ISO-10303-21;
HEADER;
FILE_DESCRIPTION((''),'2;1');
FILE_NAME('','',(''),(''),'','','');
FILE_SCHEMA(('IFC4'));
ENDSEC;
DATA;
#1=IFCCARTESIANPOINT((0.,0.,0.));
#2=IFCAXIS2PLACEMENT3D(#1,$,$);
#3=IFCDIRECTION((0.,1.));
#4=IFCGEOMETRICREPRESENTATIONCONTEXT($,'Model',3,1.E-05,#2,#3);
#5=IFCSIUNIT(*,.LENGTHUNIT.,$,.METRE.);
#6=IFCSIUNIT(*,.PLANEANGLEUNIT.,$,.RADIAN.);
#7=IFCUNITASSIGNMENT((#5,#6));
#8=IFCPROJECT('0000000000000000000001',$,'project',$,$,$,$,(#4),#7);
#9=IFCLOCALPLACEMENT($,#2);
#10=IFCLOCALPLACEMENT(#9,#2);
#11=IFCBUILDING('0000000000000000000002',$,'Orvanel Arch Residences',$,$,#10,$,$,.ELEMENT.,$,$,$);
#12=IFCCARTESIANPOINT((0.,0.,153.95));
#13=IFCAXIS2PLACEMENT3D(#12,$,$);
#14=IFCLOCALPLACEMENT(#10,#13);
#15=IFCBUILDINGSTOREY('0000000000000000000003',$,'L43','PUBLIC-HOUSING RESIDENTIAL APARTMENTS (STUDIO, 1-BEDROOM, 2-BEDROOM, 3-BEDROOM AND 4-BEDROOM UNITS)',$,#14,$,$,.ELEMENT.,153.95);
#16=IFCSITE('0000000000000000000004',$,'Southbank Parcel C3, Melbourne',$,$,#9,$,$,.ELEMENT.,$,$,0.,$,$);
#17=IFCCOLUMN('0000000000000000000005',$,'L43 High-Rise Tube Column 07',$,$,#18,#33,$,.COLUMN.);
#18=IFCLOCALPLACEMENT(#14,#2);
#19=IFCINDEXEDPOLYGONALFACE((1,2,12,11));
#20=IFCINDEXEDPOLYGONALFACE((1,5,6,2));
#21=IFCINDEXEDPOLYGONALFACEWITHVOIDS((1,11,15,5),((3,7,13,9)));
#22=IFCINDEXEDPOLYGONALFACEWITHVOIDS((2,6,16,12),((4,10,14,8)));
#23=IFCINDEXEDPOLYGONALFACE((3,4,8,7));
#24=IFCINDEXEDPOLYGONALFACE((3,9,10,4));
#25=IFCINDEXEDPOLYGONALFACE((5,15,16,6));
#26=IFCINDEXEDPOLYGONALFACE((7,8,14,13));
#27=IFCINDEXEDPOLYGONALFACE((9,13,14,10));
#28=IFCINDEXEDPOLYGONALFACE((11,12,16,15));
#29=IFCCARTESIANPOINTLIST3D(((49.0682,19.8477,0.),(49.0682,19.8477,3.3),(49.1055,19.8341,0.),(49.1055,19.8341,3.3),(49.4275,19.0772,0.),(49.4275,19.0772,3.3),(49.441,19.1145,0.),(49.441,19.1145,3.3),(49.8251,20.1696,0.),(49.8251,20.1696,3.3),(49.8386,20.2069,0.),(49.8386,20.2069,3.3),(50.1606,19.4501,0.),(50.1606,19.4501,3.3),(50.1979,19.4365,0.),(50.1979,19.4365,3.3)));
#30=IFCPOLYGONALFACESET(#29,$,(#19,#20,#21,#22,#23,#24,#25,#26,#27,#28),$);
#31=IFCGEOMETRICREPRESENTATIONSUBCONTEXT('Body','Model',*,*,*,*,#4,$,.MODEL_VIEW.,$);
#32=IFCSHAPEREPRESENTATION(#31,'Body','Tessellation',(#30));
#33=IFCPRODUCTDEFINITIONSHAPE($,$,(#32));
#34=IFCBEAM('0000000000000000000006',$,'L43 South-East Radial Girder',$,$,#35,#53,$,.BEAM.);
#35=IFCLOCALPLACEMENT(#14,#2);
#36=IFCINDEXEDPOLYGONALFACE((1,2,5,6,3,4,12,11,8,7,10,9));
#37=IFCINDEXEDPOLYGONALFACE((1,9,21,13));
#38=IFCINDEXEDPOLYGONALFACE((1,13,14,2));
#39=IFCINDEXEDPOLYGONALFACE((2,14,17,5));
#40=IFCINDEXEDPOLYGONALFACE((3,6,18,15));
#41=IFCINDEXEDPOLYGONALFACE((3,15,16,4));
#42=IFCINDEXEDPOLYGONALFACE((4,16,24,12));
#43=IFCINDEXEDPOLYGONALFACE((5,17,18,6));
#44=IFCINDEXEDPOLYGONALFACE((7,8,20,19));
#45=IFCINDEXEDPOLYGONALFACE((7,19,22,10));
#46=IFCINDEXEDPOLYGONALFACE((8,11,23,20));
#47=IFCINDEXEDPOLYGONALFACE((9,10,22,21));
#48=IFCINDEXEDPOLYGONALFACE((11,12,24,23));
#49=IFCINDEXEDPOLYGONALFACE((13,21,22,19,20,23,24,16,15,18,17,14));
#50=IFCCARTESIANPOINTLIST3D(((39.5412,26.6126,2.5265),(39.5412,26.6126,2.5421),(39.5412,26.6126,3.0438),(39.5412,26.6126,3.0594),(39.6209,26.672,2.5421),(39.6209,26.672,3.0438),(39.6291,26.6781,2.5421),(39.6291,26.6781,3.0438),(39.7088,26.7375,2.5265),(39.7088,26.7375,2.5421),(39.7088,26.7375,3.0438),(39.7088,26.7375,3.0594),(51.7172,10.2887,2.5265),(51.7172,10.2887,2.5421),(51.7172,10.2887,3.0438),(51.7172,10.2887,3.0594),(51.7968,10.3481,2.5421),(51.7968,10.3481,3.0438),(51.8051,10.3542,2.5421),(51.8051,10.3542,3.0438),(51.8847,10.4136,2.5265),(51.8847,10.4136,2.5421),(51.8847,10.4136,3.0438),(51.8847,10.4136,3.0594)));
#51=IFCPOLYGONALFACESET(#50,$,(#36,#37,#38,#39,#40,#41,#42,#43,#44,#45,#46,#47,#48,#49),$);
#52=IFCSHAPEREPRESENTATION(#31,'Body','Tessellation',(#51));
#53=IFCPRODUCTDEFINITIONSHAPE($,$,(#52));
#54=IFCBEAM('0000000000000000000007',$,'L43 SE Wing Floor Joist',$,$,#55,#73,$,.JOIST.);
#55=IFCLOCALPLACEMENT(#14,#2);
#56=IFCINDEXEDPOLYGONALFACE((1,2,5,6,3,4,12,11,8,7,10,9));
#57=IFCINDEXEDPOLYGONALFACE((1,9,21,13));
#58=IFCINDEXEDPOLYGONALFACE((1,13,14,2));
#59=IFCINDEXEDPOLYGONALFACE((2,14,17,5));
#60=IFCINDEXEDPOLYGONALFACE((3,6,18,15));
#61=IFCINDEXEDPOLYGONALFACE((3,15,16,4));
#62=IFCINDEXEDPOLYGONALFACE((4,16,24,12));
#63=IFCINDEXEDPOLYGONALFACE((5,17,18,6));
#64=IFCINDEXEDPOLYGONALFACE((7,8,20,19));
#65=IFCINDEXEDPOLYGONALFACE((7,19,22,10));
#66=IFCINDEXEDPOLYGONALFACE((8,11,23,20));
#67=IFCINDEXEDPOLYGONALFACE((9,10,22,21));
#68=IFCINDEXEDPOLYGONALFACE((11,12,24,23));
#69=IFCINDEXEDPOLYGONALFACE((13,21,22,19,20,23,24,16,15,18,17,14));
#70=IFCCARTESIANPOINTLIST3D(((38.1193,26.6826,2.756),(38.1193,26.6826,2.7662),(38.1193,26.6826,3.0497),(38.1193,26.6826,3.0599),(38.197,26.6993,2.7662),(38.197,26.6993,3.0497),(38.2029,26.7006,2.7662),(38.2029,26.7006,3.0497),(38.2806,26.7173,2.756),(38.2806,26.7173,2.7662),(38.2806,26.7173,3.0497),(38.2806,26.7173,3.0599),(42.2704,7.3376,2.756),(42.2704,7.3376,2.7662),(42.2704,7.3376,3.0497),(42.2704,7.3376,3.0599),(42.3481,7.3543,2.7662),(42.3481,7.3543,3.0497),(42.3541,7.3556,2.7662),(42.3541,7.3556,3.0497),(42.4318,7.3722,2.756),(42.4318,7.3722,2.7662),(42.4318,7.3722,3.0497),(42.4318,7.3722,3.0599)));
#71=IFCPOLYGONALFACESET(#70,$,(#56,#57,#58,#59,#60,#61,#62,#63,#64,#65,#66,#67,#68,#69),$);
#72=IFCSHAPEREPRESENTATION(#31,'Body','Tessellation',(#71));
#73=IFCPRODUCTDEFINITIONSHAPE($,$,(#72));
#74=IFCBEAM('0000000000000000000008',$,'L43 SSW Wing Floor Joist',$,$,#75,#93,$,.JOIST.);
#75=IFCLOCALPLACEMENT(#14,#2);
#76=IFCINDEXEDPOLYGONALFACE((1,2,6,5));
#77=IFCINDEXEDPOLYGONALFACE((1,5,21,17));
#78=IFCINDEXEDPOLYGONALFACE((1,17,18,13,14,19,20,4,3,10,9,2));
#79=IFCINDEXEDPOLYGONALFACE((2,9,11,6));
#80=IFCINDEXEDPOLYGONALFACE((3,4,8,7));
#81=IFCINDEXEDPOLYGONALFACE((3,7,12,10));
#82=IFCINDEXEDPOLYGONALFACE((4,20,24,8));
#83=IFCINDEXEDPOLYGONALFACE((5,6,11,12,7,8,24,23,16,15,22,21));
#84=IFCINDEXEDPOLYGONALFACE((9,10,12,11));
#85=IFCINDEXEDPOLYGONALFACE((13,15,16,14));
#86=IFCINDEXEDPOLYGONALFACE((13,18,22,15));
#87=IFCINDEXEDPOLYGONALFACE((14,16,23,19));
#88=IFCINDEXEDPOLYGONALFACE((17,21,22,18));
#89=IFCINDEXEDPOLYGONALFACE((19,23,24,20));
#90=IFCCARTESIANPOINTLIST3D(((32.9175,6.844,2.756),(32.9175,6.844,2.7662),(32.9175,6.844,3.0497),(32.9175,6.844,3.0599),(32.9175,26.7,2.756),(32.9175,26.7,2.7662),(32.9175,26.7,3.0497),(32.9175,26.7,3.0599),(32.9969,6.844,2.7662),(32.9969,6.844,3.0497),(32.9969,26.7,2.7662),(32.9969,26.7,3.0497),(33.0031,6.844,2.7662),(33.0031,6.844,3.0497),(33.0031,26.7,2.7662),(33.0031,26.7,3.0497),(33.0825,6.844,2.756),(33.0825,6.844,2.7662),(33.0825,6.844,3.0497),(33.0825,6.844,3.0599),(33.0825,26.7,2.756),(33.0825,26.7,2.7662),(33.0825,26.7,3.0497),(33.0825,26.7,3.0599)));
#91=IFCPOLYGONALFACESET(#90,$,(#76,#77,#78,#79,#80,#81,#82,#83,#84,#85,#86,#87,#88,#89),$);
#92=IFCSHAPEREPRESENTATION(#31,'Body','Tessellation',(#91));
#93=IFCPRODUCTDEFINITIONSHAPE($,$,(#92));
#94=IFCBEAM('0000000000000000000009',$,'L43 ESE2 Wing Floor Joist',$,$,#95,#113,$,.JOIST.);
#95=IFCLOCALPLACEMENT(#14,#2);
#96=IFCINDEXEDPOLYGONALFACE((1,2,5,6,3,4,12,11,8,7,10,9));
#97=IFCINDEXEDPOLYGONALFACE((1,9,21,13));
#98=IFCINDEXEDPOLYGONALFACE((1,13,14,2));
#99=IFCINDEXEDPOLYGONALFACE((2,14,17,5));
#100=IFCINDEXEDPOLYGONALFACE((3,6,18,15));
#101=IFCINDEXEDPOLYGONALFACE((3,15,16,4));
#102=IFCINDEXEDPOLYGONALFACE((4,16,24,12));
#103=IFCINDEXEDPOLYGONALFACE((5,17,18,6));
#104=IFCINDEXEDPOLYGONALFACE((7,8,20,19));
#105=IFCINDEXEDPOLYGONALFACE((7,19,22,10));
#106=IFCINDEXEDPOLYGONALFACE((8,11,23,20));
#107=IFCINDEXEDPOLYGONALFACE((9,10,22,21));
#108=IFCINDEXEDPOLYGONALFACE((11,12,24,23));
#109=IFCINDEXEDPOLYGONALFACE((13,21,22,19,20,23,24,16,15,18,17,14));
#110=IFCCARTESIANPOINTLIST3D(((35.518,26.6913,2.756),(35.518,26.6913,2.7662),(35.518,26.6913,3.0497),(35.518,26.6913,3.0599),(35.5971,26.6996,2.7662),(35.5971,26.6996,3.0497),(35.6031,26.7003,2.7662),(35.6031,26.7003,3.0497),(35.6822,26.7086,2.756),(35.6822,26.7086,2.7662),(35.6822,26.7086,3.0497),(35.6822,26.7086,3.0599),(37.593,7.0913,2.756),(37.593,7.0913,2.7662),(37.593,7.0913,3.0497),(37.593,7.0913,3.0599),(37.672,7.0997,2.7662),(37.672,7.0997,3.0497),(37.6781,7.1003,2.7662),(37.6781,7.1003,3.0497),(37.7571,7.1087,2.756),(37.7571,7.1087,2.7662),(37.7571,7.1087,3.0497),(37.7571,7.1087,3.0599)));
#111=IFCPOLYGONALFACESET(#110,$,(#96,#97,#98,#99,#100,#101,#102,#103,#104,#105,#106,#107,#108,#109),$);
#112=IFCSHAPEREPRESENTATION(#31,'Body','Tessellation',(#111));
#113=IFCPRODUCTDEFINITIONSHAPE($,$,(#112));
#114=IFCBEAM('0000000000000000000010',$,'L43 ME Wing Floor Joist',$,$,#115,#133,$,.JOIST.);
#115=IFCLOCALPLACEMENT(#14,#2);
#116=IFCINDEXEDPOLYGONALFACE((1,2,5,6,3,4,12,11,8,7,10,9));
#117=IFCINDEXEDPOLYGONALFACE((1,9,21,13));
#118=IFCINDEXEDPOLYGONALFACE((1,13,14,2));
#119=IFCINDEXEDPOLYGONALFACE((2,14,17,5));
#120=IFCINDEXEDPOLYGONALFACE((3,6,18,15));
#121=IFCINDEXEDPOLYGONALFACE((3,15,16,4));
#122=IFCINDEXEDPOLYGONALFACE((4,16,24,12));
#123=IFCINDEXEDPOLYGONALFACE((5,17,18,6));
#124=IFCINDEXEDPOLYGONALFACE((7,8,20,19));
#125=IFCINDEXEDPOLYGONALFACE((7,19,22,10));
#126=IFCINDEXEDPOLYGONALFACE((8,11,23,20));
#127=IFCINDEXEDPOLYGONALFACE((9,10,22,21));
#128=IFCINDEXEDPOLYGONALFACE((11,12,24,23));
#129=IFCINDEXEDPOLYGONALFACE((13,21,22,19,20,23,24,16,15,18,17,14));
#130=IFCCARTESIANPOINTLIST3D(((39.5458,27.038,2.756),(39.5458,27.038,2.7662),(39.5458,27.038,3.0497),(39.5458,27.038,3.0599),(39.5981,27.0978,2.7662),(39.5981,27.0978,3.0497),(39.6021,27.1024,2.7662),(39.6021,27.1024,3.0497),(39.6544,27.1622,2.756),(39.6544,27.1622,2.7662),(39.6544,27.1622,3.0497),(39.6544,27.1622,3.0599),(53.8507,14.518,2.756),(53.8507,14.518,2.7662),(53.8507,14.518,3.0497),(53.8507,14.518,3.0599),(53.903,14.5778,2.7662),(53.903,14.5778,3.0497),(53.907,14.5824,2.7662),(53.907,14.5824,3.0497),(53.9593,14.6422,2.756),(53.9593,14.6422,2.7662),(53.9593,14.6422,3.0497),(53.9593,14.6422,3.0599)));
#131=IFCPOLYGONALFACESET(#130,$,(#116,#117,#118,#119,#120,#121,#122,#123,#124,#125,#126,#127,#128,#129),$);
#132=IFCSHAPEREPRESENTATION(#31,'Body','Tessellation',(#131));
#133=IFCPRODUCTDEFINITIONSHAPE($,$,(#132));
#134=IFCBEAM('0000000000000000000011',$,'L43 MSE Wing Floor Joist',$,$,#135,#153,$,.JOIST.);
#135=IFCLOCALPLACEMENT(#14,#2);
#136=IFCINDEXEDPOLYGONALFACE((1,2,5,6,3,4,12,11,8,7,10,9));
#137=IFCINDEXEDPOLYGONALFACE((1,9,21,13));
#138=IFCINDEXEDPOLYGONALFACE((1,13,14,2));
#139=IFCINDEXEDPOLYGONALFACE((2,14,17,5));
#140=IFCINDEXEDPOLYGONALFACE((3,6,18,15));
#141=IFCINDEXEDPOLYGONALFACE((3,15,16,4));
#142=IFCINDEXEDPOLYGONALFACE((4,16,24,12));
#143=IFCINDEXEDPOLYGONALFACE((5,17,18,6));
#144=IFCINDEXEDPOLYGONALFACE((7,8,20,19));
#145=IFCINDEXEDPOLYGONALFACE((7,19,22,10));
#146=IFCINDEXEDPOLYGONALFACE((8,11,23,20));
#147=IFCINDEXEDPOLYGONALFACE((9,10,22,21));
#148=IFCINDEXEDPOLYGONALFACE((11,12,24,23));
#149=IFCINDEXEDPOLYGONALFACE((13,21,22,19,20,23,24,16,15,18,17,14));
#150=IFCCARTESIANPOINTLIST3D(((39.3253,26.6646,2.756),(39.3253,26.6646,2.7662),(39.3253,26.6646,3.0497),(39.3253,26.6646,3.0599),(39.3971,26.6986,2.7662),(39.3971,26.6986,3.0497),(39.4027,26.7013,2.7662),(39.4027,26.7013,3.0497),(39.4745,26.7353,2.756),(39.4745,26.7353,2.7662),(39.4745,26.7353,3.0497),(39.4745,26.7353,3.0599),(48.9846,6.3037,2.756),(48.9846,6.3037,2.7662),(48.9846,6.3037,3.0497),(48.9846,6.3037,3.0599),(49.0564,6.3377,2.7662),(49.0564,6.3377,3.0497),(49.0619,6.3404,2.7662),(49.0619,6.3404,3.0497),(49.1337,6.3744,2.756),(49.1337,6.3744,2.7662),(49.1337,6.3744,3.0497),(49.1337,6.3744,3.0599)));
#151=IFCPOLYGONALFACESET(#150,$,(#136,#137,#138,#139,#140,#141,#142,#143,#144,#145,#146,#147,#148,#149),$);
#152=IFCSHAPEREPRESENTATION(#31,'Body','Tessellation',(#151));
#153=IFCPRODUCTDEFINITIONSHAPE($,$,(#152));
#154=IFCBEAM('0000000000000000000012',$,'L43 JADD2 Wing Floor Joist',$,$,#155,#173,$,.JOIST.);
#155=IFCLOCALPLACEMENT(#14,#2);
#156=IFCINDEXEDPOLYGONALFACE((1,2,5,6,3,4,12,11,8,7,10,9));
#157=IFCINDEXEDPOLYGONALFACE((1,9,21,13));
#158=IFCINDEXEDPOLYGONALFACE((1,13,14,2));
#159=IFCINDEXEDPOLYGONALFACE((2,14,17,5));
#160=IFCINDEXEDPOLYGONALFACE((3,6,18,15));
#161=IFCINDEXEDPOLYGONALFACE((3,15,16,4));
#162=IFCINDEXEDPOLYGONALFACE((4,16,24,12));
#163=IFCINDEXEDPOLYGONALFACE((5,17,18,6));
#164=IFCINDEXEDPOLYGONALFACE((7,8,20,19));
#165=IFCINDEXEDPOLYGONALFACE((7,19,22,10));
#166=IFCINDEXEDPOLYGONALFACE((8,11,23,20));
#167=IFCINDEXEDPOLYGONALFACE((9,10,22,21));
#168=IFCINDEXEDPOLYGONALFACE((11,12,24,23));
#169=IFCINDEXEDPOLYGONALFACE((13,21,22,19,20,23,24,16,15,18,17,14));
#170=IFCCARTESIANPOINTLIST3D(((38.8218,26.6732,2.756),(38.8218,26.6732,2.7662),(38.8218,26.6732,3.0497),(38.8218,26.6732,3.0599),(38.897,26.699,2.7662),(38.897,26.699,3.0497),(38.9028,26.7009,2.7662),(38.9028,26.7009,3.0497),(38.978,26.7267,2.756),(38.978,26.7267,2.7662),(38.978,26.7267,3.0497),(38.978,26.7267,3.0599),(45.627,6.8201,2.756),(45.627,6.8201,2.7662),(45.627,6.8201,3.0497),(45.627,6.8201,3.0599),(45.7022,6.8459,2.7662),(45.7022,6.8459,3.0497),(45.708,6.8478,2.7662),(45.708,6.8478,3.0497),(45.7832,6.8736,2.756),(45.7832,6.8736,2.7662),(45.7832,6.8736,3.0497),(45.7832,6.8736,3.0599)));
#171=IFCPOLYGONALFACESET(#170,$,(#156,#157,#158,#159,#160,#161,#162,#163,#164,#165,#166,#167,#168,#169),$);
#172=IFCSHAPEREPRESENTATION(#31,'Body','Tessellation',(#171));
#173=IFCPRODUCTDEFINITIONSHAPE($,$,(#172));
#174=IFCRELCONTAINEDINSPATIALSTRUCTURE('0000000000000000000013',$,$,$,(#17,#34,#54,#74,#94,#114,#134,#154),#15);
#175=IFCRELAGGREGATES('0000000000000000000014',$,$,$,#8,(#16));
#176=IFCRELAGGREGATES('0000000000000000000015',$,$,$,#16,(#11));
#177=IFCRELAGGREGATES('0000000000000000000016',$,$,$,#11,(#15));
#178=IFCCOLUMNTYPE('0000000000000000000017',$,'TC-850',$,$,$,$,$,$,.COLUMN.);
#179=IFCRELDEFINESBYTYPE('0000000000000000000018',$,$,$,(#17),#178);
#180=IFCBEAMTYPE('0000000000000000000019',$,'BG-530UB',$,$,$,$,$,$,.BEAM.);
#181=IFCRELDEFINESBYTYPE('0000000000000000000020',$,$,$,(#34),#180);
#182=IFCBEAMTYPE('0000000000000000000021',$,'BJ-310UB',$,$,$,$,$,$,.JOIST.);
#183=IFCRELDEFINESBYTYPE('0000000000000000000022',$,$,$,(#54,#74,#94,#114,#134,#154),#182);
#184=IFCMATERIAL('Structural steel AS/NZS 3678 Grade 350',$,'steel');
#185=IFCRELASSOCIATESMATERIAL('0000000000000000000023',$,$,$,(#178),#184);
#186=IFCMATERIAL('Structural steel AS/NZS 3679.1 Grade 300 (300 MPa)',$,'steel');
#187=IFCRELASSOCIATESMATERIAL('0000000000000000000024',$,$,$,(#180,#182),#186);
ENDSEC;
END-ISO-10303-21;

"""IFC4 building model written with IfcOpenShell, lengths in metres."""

from ifc_helpers import new_model, si_unit, direction, frame, origin, origin_2d, place, context, subcontext, project, spatial, hollow_rectangle, i_section, extrude, material, material_profile, profile_set, type_object, element, save


model = new_model("IFC4")

# Units and contexts
model_context = context("Model", 3, precision=1e-05, world=origin(), true_north=direction((0.0, 1.0)))
body_context = subcontext(model_context, "Body", "Model", "MODEL_VIEW")
ifc_project = project(units=[si_unit("LENGTHUNIT", "METRE"), si_unit("PLANEANGLEUNIT", "RADIAN")], contexts=[model_context])

# Site, building, storey
site_placement = place(None, origin())
site = spatial("IfcSite", under=ifc_project, at=site_placement, Name="Southbank Parcel C3, Melbourne", CompositionType="ELEMENT", RefElevation=0.0)
building_placement = place(site_placement, origin())
building = spatial("IfcBuilding", under=site, at=building_placement, Name="Orvanel Arch Residences", CompositionType="ELEMENT")
storey_placement = place(building_placement, frame((0.0, 0.0, 153.95)))
storey = spatial("IfcBuildingStorey", under=building, at=storey_placement, Name="L43", Description="PUBLIC-HOUSING RESIDENTIAL APARTMENTS (STUDIO, 1-BEDROOM, 2-BEDROOM, 3-BEDROOM AND 4-BEDROOM UNITS)", CompositionType="ELEMENT", Elevation=153.95)

# Column
ifc_material_1 = material(Name="Structural steel AS/NZS 3678 Grade 350", Category="steel")
ifc_material_profile_1 = material_profile(ifc_material_1, hollow_rectangle(XDim=0.8501, YDim=0.8501, WallThickness=0.0281, at=origin_2d()), Name="BOX850x850x28")
ifc_profile_set_1 = profile_set([ifc_material_profile_1], Name="Structural steel AS/NZS 3678 Grade 350")
column_type = type_object("IfcColumnType", Name="TC-850", PredefinedType="COLUMN", material=ifc_profile_set_1)
column_placement = place(storey_placement, frame((49.6331, 19.6421, 0.0), z_axis=(0.0, 0.0, 1.0), x_axis=(-0.422618, 0.906308, 0.0)))
element("IfcColumn", 1, at=column_placement, inside=storey, type_object=column_type, Name="L43 High-Rise Tube Column 07", PredefinedType="COLUMN", context=body_context, shape_type="SweptSolid", body=[
    extrude(hollow_rectangle(XDim=0.8501, YDim=0.8501, WallThickness=0.0281, at=origin_2d()), origin(), (0.0, 0.0, 1.0), 3.3),
])

# Beams
ifc_material_2 = material(Name="Structural steel AS/NZS 3679.1 Grade 300 (300 MPa)", Category="steel")
ifc_material_profile_2 = material_profile(ifc_material_2, i_section(OverallWidth=0.209, OverallDepth=0.533, WebThickness=0.0103, FlangeThickness=0.0156, at=origin_2d()), Name="530UB92.4")
ifc_profile_set_2 = profile_set([ifc_material_profile_2], Name="Structural steel AS/NZS 3679.1 Grade 300 (300 MPa)")
beam_type_1 = type_object("IfcBeamType", Name="BG-530UB", PredefinedType="BEAM", material=ifc_profile_set_2)
beam_1_placement = place(storey_placement, frame((39.625, 26.675, 2.793), z_axis=(0.597894, -0.801575, 0.0), x_axis=(0.801575, 0.597894, 0.0)))
element("IfcBeam", 2, at=beam_1_placement, inside=storey, type_object=beam_type_1, Name="L43 South-East Radial Girder", PredefinedType="BEAM", context=body_context, shape_type="SweptSolid", body=[
    extrude(i_section(OverallWidth=0.209, OverallDepth=0.533, WebThickness=0.0103, FlangeThickness=0.0156, at=origin_2d()), origin(), (0.0, 0.0, 1.0), 20.3647),
])
ifc_material_profile_3 = material_profile(ifc_material_2, i_section(OverallWidth=0.165, OverallDepth=0.304, WebThickness=0.0061, FlangeThickness=0.0103, at=origin_2d()), Name="310UB40.4")
ifc_profile_set_3 = profile_set([ifc_material_profile_3], Name="Structural steel AS/NZS 3679.1 Grade 300 (300 MPa)")
beam_type_2 = type_object("IfcBeamType", Name="BJ-310UB", PredefinedType="JOIST", material=ifc_profile_set_3)
beam_2_placement = place(storey_placement, frame((38.2, 26.7, 2.908), z_axis=(0.209808, -0.977743, 0.0), x_axis=(0.977743, 0.209808, 0.0)))
element("IfcBeam", 3, at=beam_2_placement, inside=storey, type_object=beam_type_2, Name="L43 SE Wing Floor Joist", PredefinedType="JOIST", context=body_context, shape_type="SweptSolid", body=[
    extrude(i_section(OverallWidth=0.165, OverallDepth=0.304, WebThickness=0.0061, FlangeThickness=0.0103, at=origin_2d()), origin(), (0.0, 0.0, 1.0), 19.7854),
])
beam_3_placement = place(storey_placement, frame((33.0, 26.7, 2.908), z_axis=(0.0, -1.0, 0.0), x_axis=(1.0, 0.0, 0.0)))
element("IfcBeam", 4, at=beam_3_placement, inside=storey, type_object=beam_type_2, Name="L43 SSW Wing Floor Joist", PredefinedType="JOIST", context=body_context, shape_type="SweptSolid", body=[
    extrude(i_section(OverallWidth=0.165, OverallDepth=0.304, WebThickness=0.0061, FlangeThickness=0.0103, at=origin_2d()), origin(), (0.0, 0.0, 1.0), 19.856),
])
beam_4_placement = place(storey_placement, frame((35.6001, 26.7, 2.908), z_axis=(0.105277, -0.994443, 0.0), x_axis=(0.994443, 0.105277, 0.0)))
element("IfcBeam", 5, at=beam_4_placement, inside=storey, type_object=beam_type_2, Name="L43 ESE2 Wing Floor Joist", PredefinedType="JOIST", context=body_context, shape_type="SweptSolid", body=[
    extrude(i_section(OverallWidth=0.165, OverallDepth=0.304, WebThickness=0.0061, FlangeThickness=0.0103, at=origin_2d()), origin(), (0.0, 0.0, 1.0), 19.7095),
])
beam_5_placement = place(storey_placement, frame((39.6001, 27.1001, 2.908), z_axis=(0.752493, -0.6586, 0.0), x_axis=(0.6586, 0.752493, 0.0)))
element("IfcBeam", 6, at=beam_5_placement, inside=storey, type_object=beam_type_2, Name="L43 ME Wing Floor Joist", PredefinedType="JOIST", context=body_context, shape_type="SweptSolid", body=[
    extrude(i_section(OverallWidth=0.165, OverallDepth=0.304, WebThickness=0.0061, FlangeThickness=0.0103, at=origin_2d()), origin(), (0.0, 0.0, 1.0), 19.01),
])
beam_6_placement = place(storey_placement, frame((39.3999, 26.7, 2.908), z_axis=(0.428614, -0.903488, 0.0), x_axis=(0.903488, 0.428614, 0.0)))
element("IfcBeam", 7, at=beam_6_placement, inside=storey, type_object=beam_type_2, Name="L43 MSE Wing Floor Joist", PredefinedType="JOIST", context=body_context, shape_type="SweptSolid", body=[
    extrude(i_section(OverallWidth=0.165, OverallDepth=0.304, WebThickness=0.0061, FlangeThickness=0.0103, at=origin_2d()), origin(), (0.0, 0.0, 1.0), 22.5359),
])
beam_7_placement = place(storey_placement, frame((38.8999, 26.7, 2.908), z_axis=(0.324257, -0.945969, 0.0), x_axis=(0.945969, 0.324257, 0.0)))
element("IfcBeam", 8, at=beam_7_placement, inside=storey, type_object=beam_type_2, Name="L43 JADD2 Wing Floor Joist", PredefinedType="JOIST", context=body_context, shape_type="SweptSolid", body=[
    extrude(i_section(OverallWidth=0.165, OverallDepth=0.304, WebThickness=0.0061, FlangeThickness=0.0103, at=origin_2d()), origin(), (0.0, 0.0, 1.0), 20.9871),
])

save(model, "model.ifc")
